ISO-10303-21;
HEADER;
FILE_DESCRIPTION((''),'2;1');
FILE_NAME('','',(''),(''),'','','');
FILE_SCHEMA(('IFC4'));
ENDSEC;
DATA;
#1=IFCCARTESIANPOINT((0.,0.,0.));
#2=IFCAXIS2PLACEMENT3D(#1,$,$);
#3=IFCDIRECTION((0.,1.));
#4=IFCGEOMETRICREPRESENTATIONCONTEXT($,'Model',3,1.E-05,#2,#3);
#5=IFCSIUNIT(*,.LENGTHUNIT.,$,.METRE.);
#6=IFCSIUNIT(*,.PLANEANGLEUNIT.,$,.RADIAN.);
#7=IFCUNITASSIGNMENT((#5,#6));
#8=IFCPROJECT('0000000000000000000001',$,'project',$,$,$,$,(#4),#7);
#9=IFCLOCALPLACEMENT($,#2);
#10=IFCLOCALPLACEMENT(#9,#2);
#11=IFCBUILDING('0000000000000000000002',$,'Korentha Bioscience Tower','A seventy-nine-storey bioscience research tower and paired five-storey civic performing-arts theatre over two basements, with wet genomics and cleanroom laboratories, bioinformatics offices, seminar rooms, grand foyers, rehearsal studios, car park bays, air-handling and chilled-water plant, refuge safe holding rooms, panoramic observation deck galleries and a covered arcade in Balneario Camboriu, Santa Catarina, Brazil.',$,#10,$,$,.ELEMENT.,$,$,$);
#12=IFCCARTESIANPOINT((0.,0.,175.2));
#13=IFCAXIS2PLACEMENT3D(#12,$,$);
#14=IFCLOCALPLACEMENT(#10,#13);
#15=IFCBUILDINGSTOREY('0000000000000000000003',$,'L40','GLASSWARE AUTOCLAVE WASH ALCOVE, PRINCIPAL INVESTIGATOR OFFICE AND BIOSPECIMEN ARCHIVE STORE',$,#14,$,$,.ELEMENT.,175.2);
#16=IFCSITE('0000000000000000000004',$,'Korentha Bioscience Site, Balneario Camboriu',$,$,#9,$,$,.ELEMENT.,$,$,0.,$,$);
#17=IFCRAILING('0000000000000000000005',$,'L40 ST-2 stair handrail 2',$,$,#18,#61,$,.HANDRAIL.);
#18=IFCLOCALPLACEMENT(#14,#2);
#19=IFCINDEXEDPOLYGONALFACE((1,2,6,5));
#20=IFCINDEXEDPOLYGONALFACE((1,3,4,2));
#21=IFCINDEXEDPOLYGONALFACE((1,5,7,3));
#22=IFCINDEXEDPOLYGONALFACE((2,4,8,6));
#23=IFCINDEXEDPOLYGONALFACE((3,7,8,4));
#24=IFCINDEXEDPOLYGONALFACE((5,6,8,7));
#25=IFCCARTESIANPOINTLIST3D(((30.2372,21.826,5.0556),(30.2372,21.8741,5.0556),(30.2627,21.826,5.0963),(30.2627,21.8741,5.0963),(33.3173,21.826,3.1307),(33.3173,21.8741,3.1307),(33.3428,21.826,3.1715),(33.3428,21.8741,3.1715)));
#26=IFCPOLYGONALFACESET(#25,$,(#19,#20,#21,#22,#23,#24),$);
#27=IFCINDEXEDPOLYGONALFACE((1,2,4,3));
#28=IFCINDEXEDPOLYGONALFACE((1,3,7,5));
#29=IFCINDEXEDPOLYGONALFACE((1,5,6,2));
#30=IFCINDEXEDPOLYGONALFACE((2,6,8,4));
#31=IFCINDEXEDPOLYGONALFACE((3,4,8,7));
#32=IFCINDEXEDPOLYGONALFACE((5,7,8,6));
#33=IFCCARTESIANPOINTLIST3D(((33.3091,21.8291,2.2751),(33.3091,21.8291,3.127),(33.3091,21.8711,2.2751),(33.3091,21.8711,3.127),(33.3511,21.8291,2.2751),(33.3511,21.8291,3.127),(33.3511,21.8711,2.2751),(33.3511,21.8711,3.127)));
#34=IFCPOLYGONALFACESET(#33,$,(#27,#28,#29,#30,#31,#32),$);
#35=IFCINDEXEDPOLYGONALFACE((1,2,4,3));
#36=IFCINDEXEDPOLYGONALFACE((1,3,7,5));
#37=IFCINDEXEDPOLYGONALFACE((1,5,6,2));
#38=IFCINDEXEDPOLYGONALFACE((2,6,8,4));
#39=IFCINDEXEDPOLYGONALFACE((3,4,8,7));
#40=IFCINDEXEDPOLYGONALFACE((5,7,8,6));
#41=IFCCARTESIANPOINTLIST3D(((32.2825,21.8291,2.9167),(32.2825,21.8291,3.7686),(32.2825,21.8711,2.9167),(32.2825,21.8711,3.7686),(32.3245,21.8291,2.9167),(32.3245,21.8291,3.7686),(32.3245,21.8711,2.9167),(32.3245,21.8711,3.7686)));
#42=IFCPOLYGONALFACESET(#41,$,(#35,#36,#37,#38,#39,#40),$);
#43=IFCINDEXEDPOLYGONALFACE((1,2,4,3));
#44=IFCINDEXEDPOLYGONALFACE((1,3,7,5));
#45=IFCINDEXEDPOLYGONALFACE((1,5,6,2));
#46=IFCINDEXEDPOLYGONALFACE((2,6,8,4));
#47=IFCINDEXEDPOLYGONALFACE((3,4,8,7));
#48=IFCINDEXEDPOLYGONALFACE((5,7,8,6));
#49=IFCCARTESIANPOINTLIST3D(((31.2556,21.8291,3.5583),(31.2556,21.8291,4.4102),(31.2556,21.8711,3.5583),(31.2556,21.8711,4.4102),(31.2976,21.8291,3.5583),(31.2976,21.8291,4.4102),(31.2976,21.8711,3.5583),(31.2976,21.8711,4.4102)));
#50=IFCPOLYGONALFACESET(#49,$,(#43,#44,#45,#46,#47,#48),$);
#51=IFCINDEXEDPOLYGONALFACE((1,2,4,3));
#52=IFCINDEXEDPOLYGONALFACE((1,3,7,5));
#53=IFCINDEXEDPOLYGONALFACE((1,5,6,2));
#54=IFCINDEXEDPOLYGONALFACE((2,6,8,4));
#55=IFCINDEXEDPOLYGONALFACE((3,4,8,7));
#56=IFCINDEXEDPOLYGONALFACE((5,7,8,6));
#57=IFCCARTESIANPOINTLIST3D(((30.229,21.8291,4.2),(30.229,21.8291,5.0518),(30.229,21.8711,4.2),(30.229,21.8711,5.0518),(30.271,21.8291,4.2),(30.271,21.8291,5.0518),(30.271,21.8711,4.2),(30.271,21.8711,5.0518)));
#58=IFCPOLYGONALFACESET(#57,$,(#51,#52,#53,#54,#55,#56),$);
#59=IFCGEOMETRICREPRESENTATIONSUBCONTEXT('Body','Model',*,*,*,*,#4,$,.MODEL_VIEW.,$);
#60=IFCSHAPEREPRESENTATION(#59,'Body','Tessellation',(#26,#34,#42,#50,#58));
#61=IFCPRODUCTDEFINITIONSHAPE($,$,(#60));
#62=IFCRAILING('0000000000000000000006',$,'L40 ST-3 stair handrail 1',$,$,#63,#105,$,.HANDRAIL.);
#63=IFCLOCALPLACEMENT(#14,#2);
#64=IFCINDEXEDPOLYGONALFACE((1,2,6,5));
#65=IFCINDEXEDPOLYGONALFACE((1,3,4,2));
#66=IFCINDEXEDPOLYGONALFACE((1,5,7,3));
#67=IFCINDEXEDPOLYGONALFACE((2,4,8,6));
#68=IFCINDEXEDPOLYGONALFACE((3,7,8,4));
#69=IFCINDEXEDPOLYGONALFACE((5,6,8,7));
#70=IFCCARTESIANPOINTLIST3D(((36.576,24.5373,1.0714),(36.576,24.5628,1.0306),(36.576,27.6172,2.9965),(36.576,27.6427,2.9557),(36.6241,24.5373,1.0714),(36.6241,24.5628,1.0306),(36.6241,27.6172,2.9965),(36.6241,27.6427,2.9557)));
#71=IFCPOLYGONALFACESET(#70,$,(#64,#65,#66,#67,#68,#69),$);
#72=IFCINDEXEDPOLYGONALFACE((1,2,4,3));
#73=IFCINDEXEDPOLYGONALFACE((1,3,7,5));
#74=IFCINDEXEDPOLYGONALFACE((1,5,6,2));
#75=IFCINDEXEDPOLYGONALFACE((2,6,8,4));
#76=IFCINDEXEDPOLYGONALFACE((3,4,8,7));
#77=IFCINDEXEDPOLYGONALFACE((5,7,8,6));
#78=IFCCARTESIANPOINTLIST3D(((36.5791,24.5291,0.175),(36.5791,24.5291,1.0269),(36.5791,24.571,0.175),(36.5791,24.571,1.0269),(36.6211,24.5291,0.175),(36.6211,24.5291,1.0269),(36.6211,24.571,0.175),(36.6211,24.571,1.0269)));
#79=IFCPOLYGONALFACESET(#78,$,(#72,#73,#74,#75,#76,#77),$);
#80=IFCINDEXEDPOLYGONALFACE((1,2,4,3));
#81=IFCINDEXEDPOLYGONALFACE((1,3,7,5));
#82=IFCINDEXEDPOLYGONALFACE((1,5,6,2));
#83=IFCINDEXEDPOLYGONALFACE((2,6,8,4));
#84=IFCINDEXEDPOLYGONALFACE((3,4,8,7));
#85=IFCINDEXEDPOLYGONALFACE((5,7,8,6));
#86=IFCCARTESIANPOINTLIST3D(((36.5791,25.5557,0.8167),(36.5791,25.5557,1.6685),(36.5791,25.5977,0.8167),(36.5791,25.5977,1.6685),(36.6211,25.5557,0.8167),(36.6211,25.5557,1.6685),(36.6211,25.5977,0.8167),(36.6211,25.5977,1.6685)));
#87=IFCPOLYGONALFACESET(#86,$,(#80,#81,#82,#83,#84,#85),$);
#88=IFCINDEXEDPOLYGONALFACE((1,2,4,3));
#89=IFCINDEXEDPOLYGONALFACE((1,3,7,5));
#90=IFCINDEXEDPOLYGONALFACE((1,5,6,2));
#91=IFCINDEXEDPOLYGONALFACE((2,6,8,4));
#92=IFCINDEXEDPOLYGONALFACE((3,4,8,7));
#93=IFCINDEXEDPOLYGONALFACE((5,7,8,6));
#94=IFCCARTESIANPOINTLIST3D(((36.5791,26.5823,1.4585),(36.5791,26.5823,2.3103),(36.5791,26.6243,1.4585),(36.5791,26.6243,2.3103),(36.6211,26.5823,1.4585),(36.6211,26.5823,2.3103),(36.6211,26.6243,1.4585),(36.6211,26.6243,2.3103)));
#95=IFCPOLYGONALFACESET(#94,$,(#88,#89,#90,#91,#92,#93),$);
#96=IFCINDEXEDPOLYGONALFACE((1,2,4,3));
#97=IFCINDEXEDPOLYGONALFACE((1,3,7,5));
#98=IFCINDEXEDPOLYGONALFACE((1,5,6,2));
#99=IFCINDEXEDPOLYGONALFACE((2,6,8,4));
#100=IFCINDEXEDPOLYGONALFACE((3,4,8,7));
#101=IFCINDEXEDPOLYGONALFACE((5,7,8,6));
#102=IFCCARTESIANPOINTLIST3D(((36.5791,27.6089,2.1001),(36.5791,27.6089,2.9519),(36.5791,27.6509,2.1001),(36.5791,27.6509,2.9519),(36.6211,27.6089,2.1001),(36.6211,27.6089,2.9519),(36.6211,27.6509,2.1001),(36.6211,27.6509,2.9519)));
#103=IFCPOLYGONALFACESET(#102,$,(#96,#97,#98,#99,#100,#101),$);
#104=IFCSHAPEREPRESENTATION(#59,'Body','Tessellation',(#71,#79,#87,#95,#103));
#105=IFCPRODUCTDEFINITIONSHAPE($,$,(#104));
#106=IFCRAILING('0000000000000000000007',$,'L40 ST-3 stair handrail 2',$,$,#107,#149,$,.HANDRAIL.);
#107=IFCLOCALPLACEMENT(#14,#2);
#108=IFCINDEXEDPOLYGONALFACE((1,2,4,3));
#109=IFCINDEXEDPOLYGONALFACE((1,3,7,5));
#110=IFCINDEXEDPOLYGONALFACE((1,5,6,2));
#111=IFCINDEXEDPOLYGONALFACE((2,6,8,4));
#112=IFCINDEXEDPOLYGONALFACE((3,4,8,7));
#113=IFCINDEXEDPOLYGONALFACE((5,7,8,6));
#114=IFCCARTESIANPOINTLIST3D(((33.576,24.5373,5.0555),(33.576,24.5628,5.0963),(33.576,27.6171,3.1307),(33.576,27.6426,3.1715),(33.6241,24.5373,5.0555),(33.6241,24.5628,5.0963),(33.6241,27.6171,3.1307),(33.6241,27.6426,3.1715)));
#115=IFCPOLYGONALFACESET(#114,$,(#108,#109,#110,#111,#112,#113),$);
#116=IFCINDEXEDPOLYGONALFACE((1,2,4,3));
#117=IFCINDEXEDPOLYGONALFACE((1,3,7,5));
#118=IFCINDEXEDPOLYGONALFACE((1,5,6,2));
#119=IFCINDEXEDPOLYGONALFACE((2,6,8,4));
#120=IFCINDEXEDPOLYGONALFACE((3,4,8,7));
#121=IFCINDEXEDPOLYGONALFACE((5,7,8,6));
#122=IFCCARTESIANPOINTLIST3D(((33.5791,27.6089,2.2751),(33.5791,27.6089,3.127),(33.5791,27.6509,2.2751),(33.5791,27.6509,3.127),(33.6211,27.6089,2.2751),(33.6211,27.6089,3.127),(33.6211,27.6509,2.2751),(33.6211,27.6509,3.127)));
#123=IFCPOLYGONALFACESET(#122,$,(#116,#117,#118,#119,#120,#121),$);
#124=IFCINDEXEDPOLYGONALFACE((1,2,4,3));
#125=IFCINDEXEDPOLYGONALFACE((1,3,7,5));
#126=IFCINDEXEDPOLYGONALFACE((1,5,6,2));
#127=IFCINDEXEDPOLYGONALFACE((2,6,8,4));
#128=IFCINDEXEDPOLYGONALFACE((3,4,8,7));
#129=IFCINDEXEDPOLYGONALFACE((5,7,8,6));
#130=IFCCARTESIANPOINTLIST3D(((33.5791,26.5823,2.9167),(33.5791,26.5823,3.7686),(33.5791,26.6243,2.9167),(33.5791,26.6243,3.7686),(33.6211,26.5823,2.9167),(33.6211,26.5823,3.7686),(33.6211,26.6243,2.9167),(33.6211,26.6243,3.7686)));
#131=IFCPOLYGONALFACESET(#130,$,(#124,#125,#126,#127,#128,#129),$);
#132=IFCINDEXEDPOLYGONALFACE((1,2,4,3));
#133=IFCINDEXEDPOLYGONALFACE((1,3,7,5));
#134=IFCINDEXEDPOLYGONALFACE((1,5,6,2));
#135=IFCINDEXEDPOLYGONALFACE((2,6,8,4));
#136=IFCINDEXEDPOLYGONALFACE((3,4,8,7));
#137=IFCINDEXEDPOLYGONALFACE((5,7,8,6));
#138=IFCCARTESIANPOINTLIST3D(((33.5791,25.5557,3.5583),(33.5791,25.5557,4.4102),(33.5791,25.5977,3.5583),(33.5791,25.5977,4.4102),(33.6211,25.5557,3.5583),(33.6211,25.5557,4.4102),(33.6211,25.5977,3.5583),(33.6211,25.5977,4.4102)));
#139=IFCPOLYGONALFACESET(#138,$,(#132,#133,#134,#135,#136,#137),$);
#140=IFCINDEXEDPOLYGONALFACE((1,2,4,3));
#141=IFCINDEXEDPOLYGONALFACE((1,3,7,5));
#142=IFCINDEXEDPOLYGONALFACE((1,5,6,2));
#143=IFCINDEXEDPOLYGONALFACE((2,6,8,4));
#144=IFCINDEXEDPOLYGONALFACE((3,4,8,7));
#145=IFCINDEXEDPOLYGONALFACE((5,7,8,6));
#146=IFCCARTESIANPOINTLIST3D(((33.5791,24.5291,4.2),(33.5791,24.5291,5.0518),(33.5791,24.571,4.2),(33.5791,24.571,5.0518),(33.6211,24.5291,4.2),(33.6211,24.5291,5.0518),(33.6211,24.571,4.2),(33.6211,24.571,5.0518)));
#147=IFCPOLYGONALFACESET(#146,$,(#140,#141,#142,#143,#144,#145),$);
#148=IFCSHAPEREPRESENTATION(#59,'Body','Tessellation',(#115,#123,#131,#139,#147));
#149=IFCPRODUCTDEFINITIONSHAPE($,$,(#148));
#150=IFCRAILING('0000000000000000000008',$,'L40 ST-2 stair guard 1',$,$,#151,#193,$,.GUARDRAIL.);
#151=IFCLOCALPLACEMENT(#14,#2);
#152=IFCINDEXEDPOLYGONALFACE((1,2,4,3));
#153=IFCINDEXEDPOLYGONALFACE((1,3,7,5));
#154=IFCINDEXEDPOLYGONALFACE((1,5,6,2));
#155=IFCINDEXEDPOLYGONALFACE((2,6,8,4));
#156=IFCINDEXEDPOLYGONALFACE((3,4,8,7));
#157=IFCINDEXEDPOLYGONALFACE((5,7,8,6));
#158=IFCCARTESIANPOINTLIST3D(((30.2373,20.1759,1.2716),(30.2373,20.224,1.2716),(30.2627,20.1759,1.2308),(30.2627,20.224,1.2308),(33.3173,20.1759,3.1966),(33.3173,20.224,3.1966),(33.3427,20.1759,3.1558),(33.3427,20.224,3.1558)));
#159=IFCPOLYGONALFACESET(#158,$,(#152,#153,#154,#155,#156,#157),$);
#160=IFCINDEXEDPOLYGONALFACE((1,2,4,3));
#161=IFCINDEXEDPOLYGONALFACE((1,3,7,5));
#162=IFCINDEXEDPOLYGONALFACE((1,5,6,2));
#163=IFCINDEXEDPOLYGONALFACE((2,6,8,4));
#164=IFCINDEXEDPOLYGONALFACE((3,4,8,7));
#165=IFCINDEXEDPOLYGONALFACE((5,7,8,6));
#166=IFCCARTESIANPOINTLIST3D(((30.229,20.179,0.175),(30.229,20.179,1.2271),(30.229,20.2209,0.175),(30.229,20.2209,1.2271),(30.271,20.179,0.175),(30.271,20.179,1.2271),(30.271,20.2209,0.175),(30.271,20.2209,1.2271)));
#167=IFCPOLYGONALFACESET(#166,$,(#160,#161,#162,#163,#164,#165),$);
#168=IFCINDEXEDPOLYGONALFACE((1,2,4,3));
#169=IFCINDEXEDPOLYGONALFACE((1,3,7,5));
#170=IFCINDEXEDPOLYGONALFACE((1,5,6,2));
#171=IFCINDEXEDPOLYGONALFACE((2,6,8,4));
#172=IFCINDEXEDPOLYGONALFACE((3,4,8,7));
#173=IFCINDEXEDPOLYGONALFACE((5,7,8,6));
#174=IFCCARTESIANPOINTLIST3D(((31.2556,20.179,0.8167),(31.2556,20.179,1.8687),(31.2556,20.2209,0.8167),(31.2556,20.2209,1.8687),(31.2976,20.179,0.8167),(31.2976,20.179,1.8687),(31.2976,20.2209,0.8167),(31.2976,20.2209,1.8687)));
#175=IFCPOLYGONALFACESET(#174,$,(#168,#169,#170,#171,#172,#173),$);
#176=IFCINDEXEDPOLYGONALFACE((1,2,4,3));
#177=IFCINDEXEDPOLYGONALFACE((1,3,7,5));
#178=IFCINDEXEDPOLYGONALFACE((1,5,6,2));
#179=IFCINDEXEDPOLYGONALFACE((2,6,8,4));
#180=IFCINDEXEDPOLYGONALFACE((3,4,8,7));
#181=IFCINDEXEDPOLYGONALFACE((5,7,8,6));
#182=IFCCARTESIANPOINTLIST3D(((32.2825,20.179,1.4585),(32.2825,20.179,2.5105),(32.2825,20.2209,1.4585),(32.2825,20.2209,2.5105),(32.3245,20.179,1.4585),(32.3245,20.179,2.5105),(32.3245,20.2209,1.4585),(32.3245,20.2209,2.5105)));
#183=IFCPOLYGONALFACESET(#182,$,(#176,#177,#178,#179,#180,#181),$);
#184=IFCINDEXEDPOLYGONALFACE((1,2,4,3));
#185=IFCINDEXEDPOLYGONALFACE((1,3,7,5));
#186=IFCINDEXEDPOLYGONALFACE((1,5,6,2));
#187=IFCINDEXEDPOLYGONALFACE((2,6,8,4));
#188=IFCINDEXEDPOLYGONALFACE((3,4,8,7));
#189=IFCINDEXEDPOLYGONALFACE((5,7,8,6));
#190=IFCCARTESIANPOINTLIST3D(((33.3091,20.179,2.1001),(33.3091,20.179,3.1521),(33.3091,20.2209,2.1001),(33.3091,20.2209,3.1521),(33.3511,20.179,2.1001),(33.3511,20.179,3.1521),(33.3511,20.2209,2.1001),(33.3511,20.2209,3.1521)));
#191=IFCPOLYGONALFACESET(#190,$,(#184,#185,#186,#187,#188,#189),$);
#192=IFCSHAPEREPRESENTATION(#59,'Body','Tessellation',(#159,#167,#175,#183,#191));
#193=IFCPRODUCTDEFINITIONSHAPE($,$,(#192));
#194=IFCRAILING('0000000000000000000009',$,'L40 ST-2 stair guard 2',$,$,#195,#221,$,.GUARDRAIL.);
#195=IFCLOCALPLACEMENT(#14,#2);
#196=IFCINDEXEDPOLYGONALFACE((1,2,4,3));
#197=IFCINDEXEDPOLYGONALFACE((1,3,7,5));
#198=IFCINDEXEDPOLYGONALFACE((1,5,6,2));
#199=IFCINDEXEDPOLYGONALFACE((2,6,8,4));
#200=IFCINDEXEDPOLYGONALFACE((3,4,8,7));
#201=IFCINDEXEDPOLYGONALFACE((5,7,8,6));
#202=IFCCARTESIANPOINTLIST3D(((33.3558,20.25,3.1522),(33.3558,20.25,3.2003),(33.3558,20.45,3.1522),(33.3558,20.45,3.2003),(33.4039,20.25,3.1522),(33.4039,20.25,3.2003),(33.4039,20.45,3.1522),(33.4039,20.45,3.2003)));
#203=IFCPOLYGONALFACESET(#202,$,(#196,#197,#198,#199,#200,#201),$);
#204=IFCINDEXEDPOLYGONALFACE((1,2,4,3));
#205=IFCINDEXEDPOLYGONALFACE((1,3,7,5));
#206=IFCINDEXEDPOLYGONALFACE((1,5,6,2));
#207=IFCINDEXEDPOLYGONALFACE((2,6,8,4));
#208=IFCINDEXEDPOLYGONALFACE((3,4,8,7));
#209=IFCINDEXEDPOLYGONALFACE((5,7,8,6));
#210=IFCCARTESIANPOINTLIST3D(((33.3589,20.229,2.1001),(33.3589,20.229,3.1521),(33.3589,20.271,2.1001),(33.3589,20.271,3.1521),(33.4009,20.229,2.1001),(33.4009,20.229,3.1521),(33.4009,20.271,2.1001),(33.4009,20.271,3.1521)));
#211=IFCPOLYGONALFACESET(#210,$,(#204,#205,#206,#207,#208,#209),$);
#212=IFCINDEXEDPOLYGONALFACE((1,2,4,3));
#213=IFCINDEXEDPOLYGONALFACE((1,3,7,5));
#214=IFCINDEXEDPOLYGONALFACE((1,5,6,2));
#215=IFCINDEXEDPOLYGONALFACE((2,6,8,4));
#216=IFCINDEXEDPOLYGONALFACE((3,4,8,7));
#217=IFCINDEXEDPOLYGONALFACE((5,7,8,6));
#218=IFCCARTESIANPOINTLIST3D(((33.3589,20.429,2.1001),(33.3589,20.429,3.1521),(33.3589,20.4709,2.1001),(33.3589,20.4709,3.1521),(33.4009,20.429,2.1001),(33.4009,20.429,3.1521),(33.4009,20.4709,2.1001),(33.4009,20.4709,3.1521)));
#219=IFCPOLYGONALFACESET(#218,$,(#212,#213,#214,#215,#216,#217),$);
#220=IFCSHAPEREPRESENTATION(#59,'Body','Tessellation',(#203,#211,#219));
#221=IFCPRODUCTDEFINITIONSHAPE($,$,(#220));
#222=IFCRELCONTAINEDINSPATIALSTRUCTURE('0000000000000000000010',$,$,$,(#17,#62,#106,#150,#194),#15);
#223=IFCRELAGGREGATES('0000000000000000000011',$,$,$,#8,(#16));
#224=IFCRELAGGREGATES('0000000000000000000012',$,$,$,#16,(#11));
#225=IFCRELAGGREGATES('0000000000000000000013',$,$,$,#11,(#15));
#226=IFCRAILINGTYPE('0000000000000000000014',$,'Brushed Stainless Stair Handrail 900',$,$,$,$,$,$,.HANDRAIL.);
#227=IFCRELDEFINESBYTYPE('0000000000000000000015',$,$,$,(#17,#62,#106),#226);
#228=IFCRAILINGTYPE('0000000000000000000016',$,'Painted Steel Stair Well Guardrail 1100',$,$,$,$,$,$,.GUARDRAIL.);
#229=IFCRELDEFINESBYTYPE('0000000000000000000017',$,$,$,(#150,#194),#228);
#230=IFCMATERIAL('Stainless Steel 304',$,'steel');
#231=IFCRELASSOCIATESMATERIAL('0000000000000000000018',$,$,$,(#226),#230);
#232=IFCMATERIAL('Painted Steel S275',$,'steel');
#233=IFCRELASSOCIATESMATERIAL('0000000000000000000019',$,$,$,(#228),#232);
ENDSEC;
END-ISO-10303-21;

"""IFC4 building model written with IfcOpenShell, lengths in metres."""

from ifc_helpers import new_model, si_unit, direction, frame, origin, origin_2d, place, context, subcontext, project, spatial, rectangle, extrude, material, type_object, element, save


model = new_model("IFC4")

# Units and contexts
model_context = context("Model", 3, precision=1e-05, world=origin(), true_north=direction((0.0, 1.0)))
body_context = subcontext(model_context, "Body", "Model", "MODEL_VIEW")
ifc_project = project(units=[si_unit("LENGTHUNIT", "METRE"), si_unit("PLANEANGLEUNIT", "RADIAN")], contexts=[model_context])

# Site, building, storey
site_placement = place(None, origin())
site = spatial("IfcSite", under=ifc_project, at=site_placement, Name="Korentha Bioscience Site, Balneario Camboriu", CompositionType="ELEMENT", RefElevation=0.0)
building_placement = place(site_placement, origin())
building = spatial("IfcBuilding", under=site, at=building_placement, Name="Korentha Bioscience Tower", Description="A seventy-nine-storey bioscience research tower and paired five-storey civic performing-arts theatre over two basements, with wet genomics and cleanroom laboratories, bioinformatics offices, seminar rooms, grand foyers, rehearsal studios, car park bays, air-handling and chilled-water plant, refuge safe holding rooms, panoramic observation deck galleries and a covered arcade in Balneario Camboriu, Santa Catarina, Brazil.", CompositionType="ELEMENT")
storey_placement = place(building_placement, frame((0.0, 0.0, 175.2)))
storey = spatial("IfcBuildingStorey", under=building, at=storey_placement, Name="L40", Description="GLASSWARE AUTOCLAVE WASH ALCOVE, PRINCIPAL INVESTIGATOR OFFICE AND BIOSPECIMEN ARCHIVE STORE", CompositionType="ELEMENT", Elevation=175.2)

# Railings
ifc_material_1 = material(Name="Stainless Steel 304", Category="steel")
railing_type_1 = type_object("IfcRailingType", Name="Brushed Stainless Stair Handrail 900", PredefinedType="HANDRAIL", material=ifc_material_1)
railing_1_placement = place(storey_placement, frame((33.3301, 21.8501, 2.2751)))
element("IfcRailing", 1, at=railing_1_placement, inside=storey, type_object=railing_type_1, Name="L40 ST-2 stair handrail 2", PredefinedType="HANDRAIL", context=body_context, shape_type="SweptSolid", body=[
    extrude(rectangle(XDim=0.0481, YDim=0.0481, at=origin_2d()), frame((0.0, 0.0, 0.876), z_axis=(-0.848029, 0.0, 0.529951), x_axis=(0.0, -1.0, 0.0)), (0.0, 0.0, 1.0), 3.6321),
    extrude(rectangle(XDim=0.042, YDim=0.042, at=origin_2d()), origin(), (0.0, 0.0, 1.0), 0.8518),
    extrude(rectangle(XDim=0.042, YDim=0.042, at=origin_2d()), frame((-1.0266, 0.0, 0.6416)), (0.0, 0.0, 1.0), 0.8518),
    extrude(rectangle(XDim=0.042, YDim=0.042, at=origin_2d()), frame((-2.0535, 0.0, 1.2832)), (0.0, 0.0, 1.0), 0.8518),
    extrude(rectangle(XDim=0.042, YDim=0.042, at=origin_2d()), frame((-3.0801, 0.0, 1.9248)), (0.0, 0.0, 1.0), 0.8518),
])
railing_2_placement = place(storey_placement, frame((36.6001, 24.55, 0.175)))
element("IfcRailing", 2, at=railing_2_placement, inside=storey, type_object=railing_type_1, Name="L40 ST-3 stair handrail 1", PredefinedType="HANDRAIL", context=body_context, shape_type="SweptSolid", body=[
    extrude(rectangle(XDim=0.0481, YDim=0.0481, at=origin_2d()), frame((0.0, 0.0, 0.876), z_axis=(0.0, 0.847979, 0.530029), x_axis=(-1.0, 0.0, 0.0)), (0.0, 0.0, 1.0), 3.6321),
    extrude(rectangle(XDim=0.042, YDim=0.042, at=origin_2d()), origin(), (0.0, 0.0, 1.0), 0.8518),
    extrude(rectangle(XDim=0.042, YDim=0.042, at=origin_2d()), frame((0.0, 1.0266, 0.6416)), (0.0, 0.0, 1.0), 0.8518),
    extrude(rectangle(XDim=0.042, YDim=0.042, at=origin_2d()), frame((0.0, 2.0532, 1.2834)), (0.0, 0.0, 1.0), 0.8518),
    extrude(rectangle(XDim=0.042, YDim=0.042, at=origin_2d()), frame((0.0, 3.0798, 1.925)), (0.0, 0.0, 1.0), 0.8518),
])
railing_3_placement = place(storey_placement, frame((33.6001, 27.6299, 2.2751)))
element("IfcRailing", 3, at=railing_3_placement, inside=storey, type_object=railing_type_1, Name="L40 ST-3 stair handrail 2", PredefinedType="HANDRAIL", context=body_context, shape_type="SweptSolid", body=[
    extrude(rectangle(XDim=0.0481, YDim=0.0481, at=origin_2d()), frame((0.0, 0.0, 0.876), z_axis=(0.0, -0.84801, 0.529981), x_axis=(1.0, 0.0, 0.0)), (0.0, 0.0, 1.0), 3.6318),
    extrude(rectangle(XDim=0.042, YDim=0.042, at=origin_2d()), origin(), (0.0, 0.0, 1.0), 0.8518),
    extrude(rectangle(XDim=0.042, YDim=0.042, at=origin_2d()), frame((0.0, -1.0266, 0.6416)), (0.0, 0.0, 1.0), 0.8518),
    extrude(rectangle(XDim=0.042, YDim=0.042, at=origin_2d()), frame((0.0, -2.0532, 1.2832)), (0.0, 0.0, 1.0), 0.8518),
    extrude(rectangle(XDim=0.042, YDim=0.042, at=origin_2d()), frame((0.0, -3.0798, 1.9248)), (0.0, 0.0, 1.0), 0.8518),
])
ifc_material_2 = material(Name="Painted Steel S275", Category="steel")
railing_type_2 = type_object("IfcRailingType", Name="Painted Steel Stair Well Guardrail 1100", PredefinedType="GUARDRAIL", material=ifc_material_2)
railing_4_placement = place(storey_placement, frame((30.25, 20.2, 0.175)))
element("IfcRailing", 4, at=railing_4_placement, inside=storey, type_object=railing_type_2, Name="L40 ST-2 stair guard 1", PredefinedType="GUARDRAIL", context=body_context, shape_type="SweptSolid", body=[
    extrude(rectangle(XDim=0.0481, YDim=0.0481, at=origin_2d()), frame((0.0, 0.0, 1.0762), z_axis=(0.847998, 0.0, 0.529999), x_axis=(0.0, 1.0, 0.0)), (0.0, 0.0, 1.0), 3.6321),
    extrude(rectangle(XDim=0.042, YDim=0.042, at=origin_2d()), origin(), (0.0, 0.0, 1.0), 1.052),
    extrude(rectangle(XDim=0.042, YDim=0.042, at=origin_2d()), frame((1.0266, 0.0, 0.6416)), (0.0, 0.0, 1.0), 1.052),
    extrude(rectangle(XDim=0.042, YDim=0.042, at=origin_2d()), frame((2.0535, 0.0, 1.2834)), (0.0, 0.0, 1.0), 1.052),
    extrude(rectangle(XDim=0.042, YDim=0.042, at=origin_2d()), frame((3.0801, 0.0, 1.925)), (0.0, 0.0, 1.0), 1.052),
])
railing_5_placement = place(storey_placement, frame((33.3799, 20.25, 2.1001)))
element("IfcRailing", 5, at=railing_5_placement, inside=storey, type_object=railing_type_2, Name="L40 ST-2 stair guard 2", PredefinedType="GUARDRAIL", context=body_context, shape_type="SweptSolid", body=[
    extrude(rectangle(XDim=0.0481, YDim=0.0481, at=origin_2d()), frame((0.0, 0.0, 1.0762), z_axis=(0.0, 1.0, 0.0), x_axis=(-1.0, 0.0, 0.0)), (0.0, 0.0, 1.0), 0.2),
    extrude(rectangle(XDim=0.042, YDim=0.042, at=origin_2d()), origin(), (0.0, 0.0, 1.0), 1.052),
    extrude(rectangle(XDim=0.042, YDim=0.042, at=origin_2d()), frame((0.0, 0.2, 0.0)), (0.0, 0.0, 1.0), 1.052),
])

save(model, "model.ifc")
